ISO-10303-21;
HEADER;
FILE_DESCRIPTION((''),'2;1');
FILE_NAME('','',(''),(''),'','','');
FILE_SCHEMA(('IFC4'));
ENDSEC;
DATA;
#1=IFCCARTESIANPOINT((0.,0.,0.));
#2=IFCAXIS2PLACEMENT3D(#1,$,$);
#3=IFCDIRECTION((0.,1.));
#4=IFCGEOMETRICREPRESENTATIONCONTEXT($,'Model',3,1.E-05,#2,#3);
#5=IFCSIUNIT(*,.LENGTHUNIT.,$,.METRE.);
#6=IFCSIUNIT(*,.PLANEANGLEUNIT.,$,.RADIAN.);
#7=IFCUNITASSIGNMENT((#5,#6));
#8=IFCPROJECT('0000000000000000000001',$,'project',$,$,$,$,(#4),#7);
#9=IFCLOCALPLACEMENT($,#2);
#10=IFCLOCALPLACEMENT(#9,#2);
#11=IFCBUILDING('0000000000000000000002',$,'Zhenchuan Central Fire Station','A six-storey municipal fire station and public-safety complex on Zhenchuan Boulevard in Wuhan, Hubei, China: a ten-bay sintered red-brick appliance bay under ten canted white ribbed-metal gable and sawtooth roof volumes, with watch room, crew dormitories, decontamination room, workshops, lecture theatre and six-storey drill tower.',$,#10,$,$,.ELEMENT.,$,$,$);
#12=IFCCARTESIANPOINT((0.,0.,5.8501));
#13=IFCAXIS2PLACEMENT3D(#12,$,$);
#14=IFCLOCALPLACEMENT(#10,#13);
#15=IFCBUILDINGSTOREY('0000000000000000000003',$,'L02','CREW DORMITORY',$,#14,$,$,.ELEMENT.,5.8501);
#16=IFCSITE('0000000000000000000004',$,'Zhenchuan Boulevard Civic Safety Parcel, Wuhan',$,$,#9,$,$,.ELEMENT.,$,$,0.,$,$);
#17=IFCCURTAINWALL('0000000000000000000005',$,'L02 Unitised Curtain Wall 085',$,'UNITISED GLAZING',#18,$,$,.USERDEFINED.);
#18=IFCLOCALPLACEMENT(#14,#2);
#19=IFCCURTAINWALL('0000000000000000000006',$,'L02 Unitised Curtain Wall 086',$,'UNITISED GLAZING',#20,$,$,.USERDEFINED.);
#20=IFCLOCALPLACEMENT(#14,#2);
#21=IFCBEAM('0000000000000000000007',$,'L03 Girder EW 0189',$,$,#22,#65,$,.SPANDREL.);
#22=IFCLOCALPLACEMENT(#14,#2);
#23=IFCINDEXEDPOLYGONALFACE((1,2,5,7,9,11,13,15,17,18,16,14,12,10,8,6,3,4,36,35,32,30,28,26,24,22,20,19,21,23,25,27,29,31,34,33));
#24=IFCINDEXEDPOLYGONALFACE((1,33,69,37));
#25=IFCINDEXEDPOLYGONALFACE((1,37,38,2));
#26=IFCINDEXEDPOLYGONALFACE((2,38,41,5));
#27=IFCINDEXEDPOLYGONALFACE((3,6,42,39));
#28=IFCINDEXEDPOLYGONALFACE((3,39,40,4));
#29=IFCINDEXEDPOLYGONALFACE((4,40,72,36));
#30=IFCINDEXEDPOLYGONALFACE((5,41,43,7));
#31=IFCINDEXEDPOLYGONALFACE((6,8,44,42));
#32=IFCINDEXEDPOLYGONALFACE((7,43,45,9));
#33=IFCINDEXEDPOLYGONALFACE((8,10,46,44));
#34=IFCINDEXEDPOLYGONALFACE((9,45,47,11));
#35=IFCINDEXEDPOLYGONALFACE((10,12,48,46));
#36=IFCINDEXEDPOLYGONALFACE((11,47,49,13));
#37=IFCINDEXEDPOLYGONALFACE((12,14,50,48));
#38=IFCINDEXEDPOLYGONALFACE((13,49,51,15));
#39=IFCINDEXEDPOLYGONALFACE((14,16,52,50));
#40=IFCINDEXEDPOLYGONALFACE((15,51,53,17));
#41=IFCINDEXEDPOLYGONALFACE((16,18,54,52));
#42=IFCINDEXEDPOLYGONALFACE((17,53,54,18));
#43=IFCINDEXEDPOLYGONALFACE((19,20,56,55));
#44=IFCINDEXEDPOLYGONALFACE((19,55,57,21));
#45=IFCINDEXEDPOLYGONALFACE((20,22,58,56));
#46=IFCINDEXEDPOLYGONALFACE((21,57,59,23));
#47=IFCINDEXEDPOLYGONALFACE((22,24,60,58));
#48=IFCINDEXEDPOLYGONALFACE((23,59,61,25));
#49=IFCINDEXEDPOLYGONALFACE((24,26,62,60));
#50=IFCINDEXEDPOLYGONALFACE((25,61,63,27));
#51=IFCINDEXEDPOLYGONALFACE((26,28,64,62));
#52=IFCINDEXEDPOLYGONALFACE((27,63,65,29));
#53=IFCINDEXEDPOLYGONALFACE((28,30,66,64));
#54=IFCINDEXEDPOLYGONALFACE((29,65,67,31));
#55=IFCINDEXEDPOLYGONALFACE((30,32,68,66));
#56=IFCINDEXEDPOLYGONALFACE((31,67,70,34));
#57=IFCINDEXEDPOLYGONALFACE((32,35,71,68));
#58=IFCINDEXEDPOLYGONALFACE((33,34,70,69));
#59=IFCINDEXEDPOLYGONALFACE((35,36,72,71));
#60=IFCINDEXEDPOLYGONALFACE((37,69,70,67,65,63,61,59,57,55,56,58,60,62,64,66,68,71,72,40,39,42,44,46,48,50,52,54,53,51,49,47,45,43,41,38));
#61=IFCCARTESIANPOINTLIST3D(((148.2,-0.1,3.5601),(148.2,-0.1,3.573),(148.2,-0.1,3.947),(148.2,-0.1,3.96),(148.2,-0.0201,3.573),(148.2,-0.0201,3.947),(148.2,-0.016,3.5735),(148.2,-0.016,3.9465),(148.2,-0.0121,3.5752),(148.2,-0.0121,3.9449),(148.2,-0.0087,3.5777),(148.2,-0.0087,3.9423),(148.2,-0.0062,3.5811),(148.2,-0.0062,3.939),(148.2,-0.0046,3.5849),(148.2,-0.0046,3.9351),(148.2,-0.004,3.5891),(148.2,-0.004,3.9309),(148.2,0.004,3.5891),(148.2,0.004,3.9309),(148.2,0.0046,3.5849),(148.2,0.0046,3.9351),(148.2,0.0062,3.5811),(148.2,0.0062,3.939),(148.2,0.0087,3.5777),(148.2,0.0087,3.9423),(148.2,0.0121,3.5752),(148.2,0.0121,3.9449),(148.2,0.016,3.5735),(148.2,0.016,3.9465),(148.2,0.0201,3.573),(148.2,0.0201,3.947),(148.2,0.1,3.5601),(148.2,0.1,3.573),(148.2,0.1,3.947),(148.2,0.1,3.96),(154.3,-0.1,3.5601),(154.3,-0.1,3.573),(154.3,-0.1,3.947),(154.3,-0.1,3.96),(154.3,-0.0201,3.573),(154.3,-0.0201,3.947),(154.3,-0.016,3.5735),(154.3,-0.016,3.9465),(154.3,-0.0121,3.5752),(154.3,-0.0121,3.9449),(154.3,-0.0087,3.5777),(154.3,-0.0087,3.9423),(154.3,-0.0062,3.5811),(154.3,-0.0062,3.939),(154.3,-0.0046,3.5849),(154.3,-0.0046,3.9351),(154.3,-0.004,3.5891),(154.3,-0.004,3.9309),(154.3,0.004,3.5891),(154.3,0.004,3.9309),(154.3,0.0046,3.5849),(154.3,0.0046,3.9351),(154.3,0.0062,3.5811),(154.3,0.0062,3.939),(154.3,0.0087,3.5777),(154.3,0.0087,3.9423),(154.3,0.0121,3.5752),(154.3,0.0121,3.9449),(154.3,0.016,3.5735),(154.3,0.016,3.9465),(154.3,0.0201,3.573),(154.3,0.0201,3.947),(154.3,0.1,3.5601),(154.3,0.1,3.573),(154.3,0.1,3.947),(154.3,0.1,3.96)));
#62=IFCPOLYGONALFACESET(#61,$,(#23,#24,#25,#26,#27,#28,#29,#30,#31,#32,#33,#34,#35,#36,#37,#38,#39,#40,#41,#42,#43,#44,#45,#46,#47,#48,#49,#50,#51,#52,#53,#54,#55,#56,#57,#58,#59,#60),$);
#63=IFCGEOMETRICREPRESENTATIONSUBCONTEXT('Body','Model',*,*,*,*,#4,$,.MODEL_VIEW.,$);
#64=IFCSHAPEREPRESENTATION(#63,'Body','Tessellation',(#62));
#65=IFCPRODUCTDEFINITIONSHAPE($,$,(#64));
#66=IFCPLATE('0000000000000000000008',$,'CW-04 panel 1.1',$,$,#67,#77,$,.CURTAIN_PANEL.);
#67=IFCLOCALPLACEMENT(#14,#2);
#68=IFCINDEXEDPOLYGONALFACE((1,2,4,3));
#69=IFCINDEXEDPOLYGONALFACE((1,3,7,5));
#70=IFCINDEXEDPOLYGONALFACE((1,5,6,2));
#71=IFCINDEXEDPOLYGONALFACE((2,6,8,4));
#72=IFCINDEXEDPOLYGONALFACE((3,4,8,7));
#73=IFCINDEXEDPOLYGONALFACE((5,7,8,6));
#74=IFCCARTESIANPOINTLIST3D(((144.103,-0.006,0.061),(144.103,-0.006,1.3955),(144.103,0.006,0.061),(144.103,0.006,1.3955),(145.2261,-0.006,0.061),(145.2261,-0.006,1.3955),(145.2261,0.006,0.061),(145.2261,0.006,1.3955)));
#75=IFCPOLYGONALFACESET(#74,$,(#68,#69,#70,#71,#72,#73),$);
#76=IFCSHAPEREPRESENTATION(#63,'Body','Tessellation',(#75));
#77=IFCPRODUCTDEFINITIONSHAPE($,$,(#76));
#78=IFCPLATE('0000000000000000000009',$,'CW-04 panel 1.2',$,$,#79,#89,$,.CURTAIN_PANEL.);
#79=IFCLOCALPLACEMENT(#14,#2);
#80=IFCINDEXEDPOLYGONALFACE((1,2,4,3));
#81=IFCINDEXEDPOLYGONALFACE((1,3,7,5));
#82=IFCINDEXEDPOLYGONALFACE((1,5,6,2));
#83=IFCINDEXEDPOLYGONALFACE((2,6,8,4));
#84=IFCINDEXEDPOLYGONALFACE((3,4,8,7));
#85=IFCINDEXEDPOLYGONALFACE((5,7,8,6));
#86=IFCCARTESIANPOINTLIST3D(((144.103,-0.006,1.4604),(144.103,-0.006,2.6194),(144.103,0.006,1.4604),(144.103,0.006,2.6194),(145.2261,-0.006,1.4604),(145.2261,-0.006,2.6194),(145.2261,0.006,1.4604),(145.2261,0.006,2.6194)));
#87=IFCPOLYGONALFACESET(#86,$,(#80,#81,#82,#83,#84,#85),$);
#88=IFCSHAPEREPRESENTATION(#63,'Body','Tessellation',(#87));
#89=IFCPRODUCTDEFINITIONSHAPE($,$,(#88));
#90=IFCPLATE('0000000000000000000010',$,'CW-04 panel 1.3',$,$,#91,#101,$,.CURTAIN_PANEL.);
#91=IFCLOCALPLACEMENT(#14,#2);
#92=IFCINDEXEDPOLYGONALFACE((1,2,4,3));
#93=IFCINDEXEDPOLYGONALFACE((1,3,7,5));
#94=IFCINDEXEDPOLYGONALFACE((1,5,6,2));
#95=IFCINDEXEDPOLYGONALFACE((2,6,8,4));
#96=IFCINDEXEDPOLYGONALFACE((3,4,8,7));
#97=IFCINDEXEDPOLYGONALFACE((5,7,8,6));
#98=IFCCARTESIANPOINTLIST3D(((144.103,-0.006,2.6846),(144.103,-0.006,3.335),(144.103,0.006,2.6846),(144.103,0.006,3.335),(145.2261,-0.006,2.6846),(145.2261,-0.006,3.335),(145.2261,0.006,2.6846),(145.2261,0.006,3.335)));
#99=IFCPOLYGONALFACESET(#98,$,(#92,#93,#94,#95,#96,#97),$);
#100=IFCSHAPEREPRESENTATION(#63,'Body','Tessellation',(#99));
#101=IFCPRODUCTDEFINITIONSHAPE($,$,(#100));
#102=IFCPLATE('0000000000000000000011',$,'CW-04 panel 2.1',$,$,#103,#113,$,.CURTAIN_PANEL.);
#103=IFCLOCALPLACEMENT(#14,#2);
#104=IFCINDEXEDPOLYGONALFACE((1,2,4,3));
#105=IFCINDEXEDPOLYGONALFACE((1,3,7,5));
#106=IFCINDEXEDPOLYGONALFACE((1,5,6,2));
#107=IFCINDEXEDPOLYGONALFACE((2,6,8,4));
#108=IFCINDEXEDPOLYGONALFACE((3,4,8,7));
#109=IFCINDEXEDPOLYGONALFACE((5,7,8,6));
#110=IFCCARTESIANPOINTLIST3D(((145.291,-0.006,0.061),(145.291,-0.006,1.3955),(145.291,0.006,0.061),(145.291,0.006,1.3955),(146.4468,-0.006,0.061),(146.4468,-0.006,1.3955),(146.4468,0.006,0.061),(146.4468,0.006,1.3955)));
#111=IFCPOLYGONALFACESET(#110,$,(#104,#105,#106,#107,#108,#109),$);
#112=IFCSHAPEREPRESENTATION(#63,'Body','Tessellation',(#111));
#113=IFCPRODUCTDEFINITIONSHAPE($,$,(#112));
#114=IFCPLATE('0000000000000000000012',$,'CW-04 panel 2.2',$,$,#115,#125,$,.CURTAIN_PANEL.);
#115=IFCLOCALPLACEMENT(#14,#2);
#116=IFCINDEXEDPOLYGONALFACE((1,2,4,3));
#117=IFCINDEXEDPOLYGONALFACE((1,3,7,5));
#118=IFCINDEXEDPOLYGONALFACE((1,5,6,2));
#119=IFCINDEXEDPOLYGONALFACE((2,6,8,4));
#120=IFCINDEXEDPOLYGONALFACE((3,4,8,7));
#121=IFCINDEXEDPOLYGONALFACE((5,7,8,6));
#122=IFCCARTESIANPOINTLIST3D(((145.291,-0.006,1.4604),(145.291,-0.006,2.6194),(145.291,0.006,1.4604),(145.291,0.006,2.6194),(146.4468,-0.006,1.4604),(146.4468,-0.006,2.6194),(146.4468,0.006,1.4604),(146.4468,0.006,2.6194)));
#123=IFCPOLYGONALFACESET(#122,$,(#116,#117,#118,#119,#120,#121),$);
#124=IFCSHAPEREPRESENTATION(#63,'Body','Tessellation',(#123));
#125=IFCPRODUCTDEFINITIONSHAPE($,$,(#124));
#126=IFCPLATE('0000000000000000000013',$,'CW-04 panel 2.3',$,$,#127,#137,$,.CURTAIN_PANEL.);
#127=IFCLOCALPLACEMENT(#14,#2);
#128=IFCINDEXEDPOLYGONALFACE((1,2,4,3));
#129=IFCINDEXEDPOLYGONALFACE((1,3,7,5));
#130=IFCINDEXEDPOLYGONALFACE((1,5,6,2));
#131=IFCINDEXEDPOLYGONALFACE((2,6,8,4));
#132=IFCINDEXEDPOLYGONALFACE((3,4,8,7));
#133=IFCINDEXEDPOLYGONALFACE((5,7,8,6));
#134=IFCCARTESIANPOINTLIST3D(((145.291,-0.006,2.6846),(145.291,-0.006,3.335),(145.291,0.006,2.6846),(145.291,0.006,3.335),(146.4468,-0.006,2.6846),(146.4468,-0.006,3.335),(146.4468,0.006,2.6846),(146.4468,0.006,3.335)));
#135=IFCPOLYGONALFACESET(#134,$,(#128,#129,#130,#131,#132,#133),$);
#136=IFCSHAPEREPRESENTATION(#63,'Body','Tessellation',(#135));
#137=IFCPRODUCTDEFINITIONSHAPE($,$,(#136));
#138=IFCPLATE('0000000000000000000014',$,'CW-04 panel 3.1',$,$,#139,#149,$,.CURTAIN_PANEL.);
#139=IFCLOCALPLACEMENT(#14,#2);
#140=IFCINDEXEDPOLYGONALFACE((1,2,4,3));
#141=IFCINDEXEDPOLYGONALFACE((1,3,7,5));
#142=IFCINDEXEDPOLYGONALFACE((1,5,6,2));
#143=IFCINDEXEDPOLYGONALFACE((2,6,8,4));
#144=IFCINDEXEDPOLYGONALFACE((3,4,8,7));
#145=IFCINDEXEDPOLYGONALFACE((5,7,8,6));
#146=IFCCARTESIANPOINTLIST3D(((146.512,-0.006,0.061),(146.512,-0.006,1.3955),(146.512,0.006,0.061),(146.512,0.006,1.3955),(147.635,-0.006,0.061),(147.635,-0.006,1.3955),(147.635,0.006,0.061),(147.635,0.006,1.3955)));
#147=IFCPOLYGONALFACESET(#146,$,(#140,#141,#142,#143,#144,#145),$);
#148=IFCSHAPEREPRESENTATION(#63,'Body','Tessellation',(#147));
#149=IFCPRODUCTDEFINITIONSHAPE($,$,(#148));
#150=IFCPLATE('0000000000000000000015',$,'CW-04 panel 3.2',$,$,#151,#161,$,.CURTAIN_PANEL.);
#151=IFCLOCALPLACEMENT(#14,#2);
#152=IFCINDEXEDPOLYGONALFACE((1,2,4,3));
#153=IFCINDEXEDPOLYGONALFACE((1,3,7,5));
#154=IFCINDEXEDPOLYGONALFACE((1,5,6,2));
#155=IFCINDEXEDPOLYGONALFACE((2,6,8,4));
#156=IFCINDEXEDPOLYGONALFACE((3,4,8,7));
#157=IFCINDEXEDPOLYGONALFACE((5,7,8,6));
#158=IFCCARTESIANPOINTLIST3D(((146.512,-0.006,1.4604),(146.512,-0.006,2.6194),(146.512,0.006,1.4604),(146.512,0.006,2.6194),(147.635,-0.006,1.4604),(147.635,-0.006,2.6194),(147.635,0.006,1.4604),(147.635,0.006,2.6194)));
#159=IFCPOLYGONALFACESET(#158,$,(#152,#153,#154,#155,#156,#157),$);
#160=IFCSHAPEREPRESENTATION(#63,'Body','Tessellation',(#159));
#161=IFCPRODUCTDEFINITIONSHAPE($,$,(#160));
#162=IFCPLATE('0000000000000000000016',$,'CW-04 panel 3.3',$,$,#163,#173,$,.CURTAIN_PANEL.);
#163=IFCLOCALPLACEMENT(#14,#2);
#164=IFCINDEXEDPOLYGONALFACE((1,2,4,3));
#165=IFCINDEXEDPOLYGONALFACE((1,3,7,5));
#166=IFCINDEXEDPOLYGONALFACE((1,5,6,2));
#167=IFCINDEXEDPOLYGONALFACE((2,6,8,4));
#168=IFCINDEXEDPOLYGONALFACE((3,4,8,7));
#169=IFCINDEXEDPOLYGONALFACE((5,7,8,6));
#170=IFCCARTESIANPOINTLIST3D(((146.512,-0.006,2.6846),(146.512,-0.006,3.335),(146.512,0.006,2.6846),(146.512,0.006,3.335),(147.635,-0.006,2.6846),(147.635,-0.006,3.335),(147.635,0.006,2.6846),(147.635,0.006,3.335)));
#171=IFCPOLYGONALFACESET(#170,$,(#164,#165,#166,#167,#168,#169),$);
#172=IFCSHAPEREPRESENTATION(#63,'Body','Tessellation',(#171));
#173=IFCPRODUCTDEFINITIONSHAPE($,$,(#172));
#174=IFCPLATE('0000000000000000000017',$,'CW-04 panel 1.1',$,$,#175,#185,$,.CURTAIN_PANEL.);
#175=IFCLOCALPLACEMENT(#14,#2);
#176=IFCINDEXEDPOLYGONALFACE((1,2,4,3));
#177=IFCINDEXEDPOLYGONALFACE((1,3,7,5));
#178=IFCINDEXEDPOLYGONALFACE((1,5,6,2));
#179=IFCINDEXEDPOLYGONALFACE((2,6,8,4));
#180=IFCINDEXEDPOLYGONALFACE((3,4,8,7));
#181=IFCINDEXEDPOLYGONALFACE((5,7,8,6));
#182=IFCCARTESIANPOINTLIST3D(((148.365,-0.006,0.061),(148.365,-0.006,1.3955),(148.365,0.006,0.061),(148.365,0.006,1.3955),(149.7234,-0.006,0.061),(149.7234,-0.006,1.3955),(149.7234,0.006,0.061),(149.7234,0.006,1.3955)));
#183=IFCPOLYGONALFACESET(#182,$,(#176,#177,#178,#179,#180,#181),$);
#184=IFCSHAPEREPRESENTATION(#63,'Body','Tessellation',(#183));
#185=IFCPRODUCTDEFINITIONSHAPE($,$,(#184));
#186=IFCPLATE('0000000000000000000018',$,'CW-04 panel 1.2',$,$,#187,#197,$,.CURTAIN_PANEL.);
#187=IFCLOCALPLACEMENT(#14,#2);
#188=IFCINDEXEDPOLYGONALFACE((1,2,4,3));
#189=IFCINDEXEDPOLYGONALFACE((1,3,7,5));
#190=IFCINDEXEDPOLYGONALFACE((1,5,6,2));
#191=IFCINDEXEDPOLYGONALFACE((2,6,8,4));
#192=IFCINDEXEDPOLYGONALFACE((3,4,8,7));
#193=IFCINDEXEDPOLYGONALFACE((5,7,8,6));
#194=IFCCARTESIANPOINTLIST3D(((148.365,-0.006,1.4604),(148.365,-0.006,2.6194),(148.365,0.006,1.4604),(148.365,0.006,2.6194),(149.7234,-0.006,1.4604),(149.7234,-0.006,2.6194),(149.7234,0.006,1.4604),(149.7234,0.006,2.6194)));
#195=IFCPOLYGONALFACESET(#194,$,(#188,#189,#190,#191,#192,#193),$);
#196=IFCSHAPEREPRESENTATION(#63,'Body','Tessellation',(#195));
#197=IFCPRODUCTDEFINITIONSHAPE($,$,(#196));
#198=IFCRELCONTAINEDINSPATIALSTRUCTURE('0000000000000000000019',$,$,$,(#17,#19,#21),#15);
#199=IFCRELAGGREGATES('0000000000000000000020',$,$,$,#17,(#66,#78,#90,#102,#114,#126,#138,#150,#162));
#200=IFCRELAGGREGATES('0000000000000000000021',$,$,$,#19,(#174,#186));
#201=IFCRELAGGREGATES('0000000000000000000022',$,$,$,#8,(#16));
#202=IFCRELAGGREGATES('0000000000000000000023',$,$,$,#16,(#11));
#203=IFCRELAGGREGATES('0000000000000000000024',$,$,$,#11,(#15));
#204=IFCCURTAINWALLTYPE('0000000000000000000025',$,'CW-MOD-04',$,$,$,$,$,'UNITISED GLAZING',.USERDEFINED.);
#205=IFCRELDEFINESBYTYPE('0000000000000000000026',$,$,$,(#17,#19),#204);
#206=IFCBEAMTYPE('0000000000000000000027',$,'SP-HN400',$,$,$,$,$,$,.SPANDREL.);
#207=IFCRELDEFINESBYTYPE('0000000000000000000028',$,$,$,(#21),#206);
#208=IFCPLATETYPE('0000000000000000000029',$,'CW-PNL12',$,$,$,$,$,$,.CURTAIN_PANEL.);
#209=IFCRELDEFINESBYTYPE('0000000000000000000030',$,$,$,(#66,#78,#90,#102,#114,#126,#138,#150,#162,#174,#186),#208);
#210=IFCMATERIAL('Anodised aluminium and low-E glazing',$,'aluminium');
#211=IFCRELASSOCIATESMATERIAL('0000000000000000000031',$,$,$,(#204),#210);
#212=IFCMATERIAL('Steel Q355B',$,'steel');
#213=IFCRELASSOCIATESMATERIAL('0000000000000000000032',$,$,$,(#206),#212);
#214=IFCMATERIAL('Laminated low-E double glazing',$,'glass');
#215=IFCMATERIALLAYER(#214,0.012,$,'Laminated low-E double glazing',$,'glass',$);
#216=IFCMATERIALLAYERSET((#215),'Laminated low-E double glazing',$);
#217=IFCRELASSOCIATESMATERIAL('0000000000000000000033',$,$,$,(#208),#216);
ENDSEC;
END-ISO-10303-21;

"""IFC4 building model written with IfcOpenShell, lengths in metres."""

from ifc_helpers import new_model, si_unit, direction, frame, origin, origin_2d, place, context, subcontext, project, spatial, rectangle, i_section, extrude, material, layer, layer_set, material_profile, profile_set, type_object, element, aggregate, save


model = new_model("IFC4")

# Units and contexts
model_context = context("Model", 3, precision=1e-05, world=origin(), true_north=direction((0.0, 1.0)))
body_context = subcontext(model_context, "Body", "Model", "MODEL_VIEW")
ifc_project = project(units=[si_unit("LENGTHUNIT", "METRE"), si_unit("PLANEANGLEUNIT", "RADIAN")], contexts=[model_context])

# Site, building, storey
site_placement = place(None, origin())
site = spatial("IfcSite", under=ifc_project, at=site_placement, Name="Zhenchuan Boulevard Civic Safety Parcel, Wuhan", CompositionType="ELEMENT", RefElevation=0.0)
building_placement = place(site_placement, origin())
building = spatial("IfcBuilding", under=site, at=building_placement, Name="Zhenchuan Central Fire Station", Description="A six-storey municipal fire station and public-safety complex on Zhenchuan Boulevard in Wuhan, Hubei, China: a ten-bay sintered red-brick appliance bay under ten canted white ribbed-metal gable and sawtooth roof volumes, with watch room, crew dormitories, decontamination room, workshops, lecture theatre and six-storey drill tower.", CompositionType="ELEMENT")
storey_placement = place(building_placement, frame((0.0, 0.0, 5.8501)))
storey = spatial("IfcBuildingStorey", under=building, at=storey_placement, Name="L02", Description="CREW DORMITORY", CompositionType="ELEMENT", Elevation=5.8501)

# Shared definitions
ifc_material_1 = material(Name="Steel Q355B", Category="steel")

# Curtain wall
ifc_material_2 = material(Name="Anodised aluminium and low-E glazing", Category="aluminium")
curtain_wall_type = type_object("IfcCurtainWallType", Name="CW-MOD-04", ElementType="UNITISED GLAZING", PredefinedType="USERDEFINED", material=ifc_material_2)
curtain_wall_1_placement = place(storey_placement, origin())
curtain_wall_1 = element("IfcCurtainWall", 1, at=curtain_wall_1_placement, inside=storey, type_object=curtain_wall_type, Name="L02 Unitised Curtain Wall 085", ObjectType="UNITISED GLAZING", PredefinedType="USERDEFINED")

# Curtain wall
curtain_wall_2_placement = place(storey_placement, origin())
curtain_wall_2 = element("IfcCurtainWall", 2, at=curtain_wall_2_placement, inside=storey, type_object=curtain_wall_type, Name="L02 Unitised Curtain Wall 086", ObjectType="UNITISED GLAZING", PredefinedType="USERDEFINED")

# Beam
ifc_material_profile_1 = material_profile(ifc_material_1, i_section(OverallWidth=0.2, OverallDepth=0.3999, WebThickness=0.0081, FlangeThickness=0.0129, FilletRadius=0.0161, at=origin_2d()), Name="HN 400x200")
ifc_profile_set_1 = profile_set([ifc_material_profile_1], Name="Steel Q355B")
beam_type_1 = type_object("IfcBeamType", Name="SP-HN400", PredefinedType="SPANDREL", material=ifc_profile_set_1)
beam_1_placement = place(storey_placement, frame((148.2, 0.0, 3.76), z_axis=(1.0, 0.0, 0.0), x_axis=(0.0, 1.0, 0.0)))
element("IfcBeam", 3, at=beam_1_placement, inside=storey, type_object=beam_type_1, Name="L03 Girder EW 0189", PredefinedType="SPANDREL", context=body_context, shape_type="SweptSolid", body=[
    extrude(i_section(OverallWidth=0.2, OverallDepth=0.3999, WebThickness=0.0081, FlangeThickness=0.0129, FilletRadius=0.0161, at=origin_2d()), origin(), (0.0, 0.0, 1.0), 6.1001),
])

# Plates
ifc_material_3 = material(Name="Laminated low-E double glazing", Category="glass")
ifc_layer_1 = layer(ifc_material_3, 0.012, Name="Laminated low-E double glazing", Category="glass")
ifc_layer_set_1 = layer_set([ifc_layer_1], Name="Laminated low-E double glazing")
plate_type = type_object("IfcPlateType", Name="CW-PNL12", PredefinedType="CURTAIN_PANEL", material=ifc_layer_set_1)
plate_1_placement = place(storey_placement, frame((144.6646, 0.0, 0.061), z_axis=(0.0, 0.0, 1.0), x_axis=(1.0, 0.0, 0.0)))
plate_1 = element("IfcPlate", 4, at=plate_1_placement, type_object=plate_type, Name="CW-04 panel 1.1", PredefinedType="CURTAIN_PANEL", context=body_context, shape_type="SweptSolid", body=[
    extrude(rectangle(XDim=1.123, YDim=0.012, at=origin_2d()), origin(), (0.0, 0.0, 1.0), 1.3345),
])
plate_2_placement = place(storey_placement, frame((144.6646, 0.0, 1.4604), z_axis=(0.0, 0.0, 1.0), x_axis=(1.0, 0.0, 0.0)))
plate_2 = element("IfcPlate", 5, at=plate_2_placement, type_object=plate_type, Name="CW-04 panel 1.2", PredefinedType="CURTAIN_PANEL", context=body_context, shape_type="SweptSolid", body=[
    extrude(rectangle(XDim=1.123, YDim=0.012, at=origin_2d()), origin(), (0.0, 0.0, 1.0), 1.1589),
])
plate_3_placement = place(storey_placement, frame((144.6646, 0.0, 2.6846), z_axis=(0.0, 0.0, 1.0), x_axis=(1.0, 0.0, 0.0)))
plate_3 = element("IfcPlate", 6, at=plate_3_placement, type_object=plate_type, Name="CW-04 panel 1.3", PredefinedType="CURTAIN_PANEL", context=body_context, shape_type="SweptSolid", body=[
    extrude(rectangle(XDim=1.123, YDim=0.012, at=origin_2d()), origin(), (0.0, 0.0, 1.0), 0.6504),
])
plate_4_placement = place(storey_placement, frame((145.8689, 0.0, 0.061), z_axis=(0.0, 0.0, 1.0), x_axis=(1.0, 0.0, 0.0)))
plate_4 = element("IfcPlate", 7, at=plate_4_placement, type_object=plate_type, Name="CW-04 panel 2.1", PredefinedType="CURTAIN_PANEL", context=body_context, shape_type="SweptSolid", body=[
    extrude(rectangle(XDim=1.1558, YDim=0.012, at=origin_2d()), origin(), (0.0, 0.0, 1.0), 1.3345),
])
plate_5_placement = place(storey_placement, frame((145.8689, 0.0, 1.4604), z_axis=(0.0, 0.0, 1.0), x_axis=(1.0, 0.0, 0.0)))
plate_5 = element("IfcPlate", 8, at=plate_5_placement, type_object=plate_type, Name="CW-04 panel 2.2", PredefinedType="CURTAIN_PANEL", context=body_context, shape_type="SweptSolid", body=[
    extrude(rectangle(XDim=1.1558, YDim=0.012, at=origin_2d()), origin(), (0.0, 0.0, 1.0), 1.1589),
])
plate_6_placement = place(storey_placement, frame((145.8689, 0.0, 2.6846), z_axis=(0.0, 0.0, 1.0), x_axis=(1.0, 0.0, 0.0)))
plate_6 = element("IfcPlate", 9, at=plate_6_placement, type_object=plate_type, Name="CW-04 panel 2.3", PredefinedType="CURTAIN_PANEL", context=body_context, shape_type="SweptSolid", body=[
    extrude(rectangle(XDim=1.1558, YDim=0.012, at=origin_2d()), origin(), (0.0, 0.0, 1.0), 0.6504),
])
plate_7_placement = place(storey_placement, frame((147.0735, 0.0, 0.061), z_axis=(0.0, 0.0, 1.0), x_axis=(1.0, 0.0, 0.0)))
plate_7 = element("IfcPlate", 10, at=plate_7_placement, type_object=plate_type, Name="CW-04 panel 3.1", PredefinedType="CURTAIN_PANEL", context=body_context, shape_type="SweptSolid", body=[
    extrude(rectangle(XDim=1.123, YDim=0.012, at=origin_2d()), origin(), (0.0, 0.0, 1.0), 1.3345),
])
plate_8_placement = place(storey_placement, frame((147.0735, 0.0, 1.4604), z_axis=(0.0, 0.0, 1.0), x_axis=(1.0, 0.0, 0.0)))
plate_8 = element("IfcPlate", 11, at=plate_8_placement, type_object=plate_type, Name="CW-04 panel 3.2", PredefinedType="CURTAIN_PANEL", context=body_context, shape_type="SweptSolid", body=[
    extrude(rectangle(XDim=1.123, YDim=0.012, at=origin_2d()), origin(), (0.0, 0.0, 1.0), 1.1589),
])
plate_9_placement = place(storey_placement, frame((147.0735, 0.0, 2.6846), z_axis=(0.0, 0.0, 1.0), x_axis=(1.0, 0.0, 0.0)))
plate_9 = element("IfcPlate", 12, at=plate_9_placement, type_object=plate_type, Name="CW-04 panel 3.3", PredefinedType="CURTAIN_PANEL", context=body_context, shape_type="SweptSolid", body=[
    extrude(rectangle(XDim=1.123, YDim=0.012, at=origin_2d()), origin(), (0.0, 0.0, 1.0), 0.6504),
])
aggregate(curtain_wall_1, [plate_1, plate_2, plate_3, plate_4, plate_5, plate_6, plate_7, plate_8, plate_9])
plate_10_placement = place(storey_placement, frame((149.0442, 0.0, 0.061), z_axis=(0.0, 0.0, 1.0), x_axis=(1.0, 0.0, 0.0)))
plate_10 = element("IfcPlate", 13, at=plate_10_placement, type_object=plate_type, Name="CW-04 panel 1.1", PredefinedType="CURTAIN_PANEL", context=body_context, shape_type="SweptSolid", body=[
    extrude(rectangle(XDim=1.3584, YDim=0.012, at=origin_2d()), origin(), (0.0, 0.0, 1.0), 1.3345),
])
plate_11_placement = place(storey_placement, frame((149.0442, 0.0, 1.4604), z_axis=(0.0, 0.0, 1.0), x_axis=(1.0, 0.0, 0.0)))
plate_11 = element("IfcPlate", 14, at=plate_11_placement, type_object=plate_type, Name="CW-04 panel 1.2", PredefinedType="CURTAIN_PANEL", context=body_context, shape_type="SweptSolid", body=[
    extrude(rectangle(XDim=1.3584, YDim=0.012, at=origin_2d()), origin(), (0.0, 0.0, 1.0), 1.1589),
])
aggregate(curtain_wall_2, [plate_10, plate_11])

save(model, "model.ifc")
